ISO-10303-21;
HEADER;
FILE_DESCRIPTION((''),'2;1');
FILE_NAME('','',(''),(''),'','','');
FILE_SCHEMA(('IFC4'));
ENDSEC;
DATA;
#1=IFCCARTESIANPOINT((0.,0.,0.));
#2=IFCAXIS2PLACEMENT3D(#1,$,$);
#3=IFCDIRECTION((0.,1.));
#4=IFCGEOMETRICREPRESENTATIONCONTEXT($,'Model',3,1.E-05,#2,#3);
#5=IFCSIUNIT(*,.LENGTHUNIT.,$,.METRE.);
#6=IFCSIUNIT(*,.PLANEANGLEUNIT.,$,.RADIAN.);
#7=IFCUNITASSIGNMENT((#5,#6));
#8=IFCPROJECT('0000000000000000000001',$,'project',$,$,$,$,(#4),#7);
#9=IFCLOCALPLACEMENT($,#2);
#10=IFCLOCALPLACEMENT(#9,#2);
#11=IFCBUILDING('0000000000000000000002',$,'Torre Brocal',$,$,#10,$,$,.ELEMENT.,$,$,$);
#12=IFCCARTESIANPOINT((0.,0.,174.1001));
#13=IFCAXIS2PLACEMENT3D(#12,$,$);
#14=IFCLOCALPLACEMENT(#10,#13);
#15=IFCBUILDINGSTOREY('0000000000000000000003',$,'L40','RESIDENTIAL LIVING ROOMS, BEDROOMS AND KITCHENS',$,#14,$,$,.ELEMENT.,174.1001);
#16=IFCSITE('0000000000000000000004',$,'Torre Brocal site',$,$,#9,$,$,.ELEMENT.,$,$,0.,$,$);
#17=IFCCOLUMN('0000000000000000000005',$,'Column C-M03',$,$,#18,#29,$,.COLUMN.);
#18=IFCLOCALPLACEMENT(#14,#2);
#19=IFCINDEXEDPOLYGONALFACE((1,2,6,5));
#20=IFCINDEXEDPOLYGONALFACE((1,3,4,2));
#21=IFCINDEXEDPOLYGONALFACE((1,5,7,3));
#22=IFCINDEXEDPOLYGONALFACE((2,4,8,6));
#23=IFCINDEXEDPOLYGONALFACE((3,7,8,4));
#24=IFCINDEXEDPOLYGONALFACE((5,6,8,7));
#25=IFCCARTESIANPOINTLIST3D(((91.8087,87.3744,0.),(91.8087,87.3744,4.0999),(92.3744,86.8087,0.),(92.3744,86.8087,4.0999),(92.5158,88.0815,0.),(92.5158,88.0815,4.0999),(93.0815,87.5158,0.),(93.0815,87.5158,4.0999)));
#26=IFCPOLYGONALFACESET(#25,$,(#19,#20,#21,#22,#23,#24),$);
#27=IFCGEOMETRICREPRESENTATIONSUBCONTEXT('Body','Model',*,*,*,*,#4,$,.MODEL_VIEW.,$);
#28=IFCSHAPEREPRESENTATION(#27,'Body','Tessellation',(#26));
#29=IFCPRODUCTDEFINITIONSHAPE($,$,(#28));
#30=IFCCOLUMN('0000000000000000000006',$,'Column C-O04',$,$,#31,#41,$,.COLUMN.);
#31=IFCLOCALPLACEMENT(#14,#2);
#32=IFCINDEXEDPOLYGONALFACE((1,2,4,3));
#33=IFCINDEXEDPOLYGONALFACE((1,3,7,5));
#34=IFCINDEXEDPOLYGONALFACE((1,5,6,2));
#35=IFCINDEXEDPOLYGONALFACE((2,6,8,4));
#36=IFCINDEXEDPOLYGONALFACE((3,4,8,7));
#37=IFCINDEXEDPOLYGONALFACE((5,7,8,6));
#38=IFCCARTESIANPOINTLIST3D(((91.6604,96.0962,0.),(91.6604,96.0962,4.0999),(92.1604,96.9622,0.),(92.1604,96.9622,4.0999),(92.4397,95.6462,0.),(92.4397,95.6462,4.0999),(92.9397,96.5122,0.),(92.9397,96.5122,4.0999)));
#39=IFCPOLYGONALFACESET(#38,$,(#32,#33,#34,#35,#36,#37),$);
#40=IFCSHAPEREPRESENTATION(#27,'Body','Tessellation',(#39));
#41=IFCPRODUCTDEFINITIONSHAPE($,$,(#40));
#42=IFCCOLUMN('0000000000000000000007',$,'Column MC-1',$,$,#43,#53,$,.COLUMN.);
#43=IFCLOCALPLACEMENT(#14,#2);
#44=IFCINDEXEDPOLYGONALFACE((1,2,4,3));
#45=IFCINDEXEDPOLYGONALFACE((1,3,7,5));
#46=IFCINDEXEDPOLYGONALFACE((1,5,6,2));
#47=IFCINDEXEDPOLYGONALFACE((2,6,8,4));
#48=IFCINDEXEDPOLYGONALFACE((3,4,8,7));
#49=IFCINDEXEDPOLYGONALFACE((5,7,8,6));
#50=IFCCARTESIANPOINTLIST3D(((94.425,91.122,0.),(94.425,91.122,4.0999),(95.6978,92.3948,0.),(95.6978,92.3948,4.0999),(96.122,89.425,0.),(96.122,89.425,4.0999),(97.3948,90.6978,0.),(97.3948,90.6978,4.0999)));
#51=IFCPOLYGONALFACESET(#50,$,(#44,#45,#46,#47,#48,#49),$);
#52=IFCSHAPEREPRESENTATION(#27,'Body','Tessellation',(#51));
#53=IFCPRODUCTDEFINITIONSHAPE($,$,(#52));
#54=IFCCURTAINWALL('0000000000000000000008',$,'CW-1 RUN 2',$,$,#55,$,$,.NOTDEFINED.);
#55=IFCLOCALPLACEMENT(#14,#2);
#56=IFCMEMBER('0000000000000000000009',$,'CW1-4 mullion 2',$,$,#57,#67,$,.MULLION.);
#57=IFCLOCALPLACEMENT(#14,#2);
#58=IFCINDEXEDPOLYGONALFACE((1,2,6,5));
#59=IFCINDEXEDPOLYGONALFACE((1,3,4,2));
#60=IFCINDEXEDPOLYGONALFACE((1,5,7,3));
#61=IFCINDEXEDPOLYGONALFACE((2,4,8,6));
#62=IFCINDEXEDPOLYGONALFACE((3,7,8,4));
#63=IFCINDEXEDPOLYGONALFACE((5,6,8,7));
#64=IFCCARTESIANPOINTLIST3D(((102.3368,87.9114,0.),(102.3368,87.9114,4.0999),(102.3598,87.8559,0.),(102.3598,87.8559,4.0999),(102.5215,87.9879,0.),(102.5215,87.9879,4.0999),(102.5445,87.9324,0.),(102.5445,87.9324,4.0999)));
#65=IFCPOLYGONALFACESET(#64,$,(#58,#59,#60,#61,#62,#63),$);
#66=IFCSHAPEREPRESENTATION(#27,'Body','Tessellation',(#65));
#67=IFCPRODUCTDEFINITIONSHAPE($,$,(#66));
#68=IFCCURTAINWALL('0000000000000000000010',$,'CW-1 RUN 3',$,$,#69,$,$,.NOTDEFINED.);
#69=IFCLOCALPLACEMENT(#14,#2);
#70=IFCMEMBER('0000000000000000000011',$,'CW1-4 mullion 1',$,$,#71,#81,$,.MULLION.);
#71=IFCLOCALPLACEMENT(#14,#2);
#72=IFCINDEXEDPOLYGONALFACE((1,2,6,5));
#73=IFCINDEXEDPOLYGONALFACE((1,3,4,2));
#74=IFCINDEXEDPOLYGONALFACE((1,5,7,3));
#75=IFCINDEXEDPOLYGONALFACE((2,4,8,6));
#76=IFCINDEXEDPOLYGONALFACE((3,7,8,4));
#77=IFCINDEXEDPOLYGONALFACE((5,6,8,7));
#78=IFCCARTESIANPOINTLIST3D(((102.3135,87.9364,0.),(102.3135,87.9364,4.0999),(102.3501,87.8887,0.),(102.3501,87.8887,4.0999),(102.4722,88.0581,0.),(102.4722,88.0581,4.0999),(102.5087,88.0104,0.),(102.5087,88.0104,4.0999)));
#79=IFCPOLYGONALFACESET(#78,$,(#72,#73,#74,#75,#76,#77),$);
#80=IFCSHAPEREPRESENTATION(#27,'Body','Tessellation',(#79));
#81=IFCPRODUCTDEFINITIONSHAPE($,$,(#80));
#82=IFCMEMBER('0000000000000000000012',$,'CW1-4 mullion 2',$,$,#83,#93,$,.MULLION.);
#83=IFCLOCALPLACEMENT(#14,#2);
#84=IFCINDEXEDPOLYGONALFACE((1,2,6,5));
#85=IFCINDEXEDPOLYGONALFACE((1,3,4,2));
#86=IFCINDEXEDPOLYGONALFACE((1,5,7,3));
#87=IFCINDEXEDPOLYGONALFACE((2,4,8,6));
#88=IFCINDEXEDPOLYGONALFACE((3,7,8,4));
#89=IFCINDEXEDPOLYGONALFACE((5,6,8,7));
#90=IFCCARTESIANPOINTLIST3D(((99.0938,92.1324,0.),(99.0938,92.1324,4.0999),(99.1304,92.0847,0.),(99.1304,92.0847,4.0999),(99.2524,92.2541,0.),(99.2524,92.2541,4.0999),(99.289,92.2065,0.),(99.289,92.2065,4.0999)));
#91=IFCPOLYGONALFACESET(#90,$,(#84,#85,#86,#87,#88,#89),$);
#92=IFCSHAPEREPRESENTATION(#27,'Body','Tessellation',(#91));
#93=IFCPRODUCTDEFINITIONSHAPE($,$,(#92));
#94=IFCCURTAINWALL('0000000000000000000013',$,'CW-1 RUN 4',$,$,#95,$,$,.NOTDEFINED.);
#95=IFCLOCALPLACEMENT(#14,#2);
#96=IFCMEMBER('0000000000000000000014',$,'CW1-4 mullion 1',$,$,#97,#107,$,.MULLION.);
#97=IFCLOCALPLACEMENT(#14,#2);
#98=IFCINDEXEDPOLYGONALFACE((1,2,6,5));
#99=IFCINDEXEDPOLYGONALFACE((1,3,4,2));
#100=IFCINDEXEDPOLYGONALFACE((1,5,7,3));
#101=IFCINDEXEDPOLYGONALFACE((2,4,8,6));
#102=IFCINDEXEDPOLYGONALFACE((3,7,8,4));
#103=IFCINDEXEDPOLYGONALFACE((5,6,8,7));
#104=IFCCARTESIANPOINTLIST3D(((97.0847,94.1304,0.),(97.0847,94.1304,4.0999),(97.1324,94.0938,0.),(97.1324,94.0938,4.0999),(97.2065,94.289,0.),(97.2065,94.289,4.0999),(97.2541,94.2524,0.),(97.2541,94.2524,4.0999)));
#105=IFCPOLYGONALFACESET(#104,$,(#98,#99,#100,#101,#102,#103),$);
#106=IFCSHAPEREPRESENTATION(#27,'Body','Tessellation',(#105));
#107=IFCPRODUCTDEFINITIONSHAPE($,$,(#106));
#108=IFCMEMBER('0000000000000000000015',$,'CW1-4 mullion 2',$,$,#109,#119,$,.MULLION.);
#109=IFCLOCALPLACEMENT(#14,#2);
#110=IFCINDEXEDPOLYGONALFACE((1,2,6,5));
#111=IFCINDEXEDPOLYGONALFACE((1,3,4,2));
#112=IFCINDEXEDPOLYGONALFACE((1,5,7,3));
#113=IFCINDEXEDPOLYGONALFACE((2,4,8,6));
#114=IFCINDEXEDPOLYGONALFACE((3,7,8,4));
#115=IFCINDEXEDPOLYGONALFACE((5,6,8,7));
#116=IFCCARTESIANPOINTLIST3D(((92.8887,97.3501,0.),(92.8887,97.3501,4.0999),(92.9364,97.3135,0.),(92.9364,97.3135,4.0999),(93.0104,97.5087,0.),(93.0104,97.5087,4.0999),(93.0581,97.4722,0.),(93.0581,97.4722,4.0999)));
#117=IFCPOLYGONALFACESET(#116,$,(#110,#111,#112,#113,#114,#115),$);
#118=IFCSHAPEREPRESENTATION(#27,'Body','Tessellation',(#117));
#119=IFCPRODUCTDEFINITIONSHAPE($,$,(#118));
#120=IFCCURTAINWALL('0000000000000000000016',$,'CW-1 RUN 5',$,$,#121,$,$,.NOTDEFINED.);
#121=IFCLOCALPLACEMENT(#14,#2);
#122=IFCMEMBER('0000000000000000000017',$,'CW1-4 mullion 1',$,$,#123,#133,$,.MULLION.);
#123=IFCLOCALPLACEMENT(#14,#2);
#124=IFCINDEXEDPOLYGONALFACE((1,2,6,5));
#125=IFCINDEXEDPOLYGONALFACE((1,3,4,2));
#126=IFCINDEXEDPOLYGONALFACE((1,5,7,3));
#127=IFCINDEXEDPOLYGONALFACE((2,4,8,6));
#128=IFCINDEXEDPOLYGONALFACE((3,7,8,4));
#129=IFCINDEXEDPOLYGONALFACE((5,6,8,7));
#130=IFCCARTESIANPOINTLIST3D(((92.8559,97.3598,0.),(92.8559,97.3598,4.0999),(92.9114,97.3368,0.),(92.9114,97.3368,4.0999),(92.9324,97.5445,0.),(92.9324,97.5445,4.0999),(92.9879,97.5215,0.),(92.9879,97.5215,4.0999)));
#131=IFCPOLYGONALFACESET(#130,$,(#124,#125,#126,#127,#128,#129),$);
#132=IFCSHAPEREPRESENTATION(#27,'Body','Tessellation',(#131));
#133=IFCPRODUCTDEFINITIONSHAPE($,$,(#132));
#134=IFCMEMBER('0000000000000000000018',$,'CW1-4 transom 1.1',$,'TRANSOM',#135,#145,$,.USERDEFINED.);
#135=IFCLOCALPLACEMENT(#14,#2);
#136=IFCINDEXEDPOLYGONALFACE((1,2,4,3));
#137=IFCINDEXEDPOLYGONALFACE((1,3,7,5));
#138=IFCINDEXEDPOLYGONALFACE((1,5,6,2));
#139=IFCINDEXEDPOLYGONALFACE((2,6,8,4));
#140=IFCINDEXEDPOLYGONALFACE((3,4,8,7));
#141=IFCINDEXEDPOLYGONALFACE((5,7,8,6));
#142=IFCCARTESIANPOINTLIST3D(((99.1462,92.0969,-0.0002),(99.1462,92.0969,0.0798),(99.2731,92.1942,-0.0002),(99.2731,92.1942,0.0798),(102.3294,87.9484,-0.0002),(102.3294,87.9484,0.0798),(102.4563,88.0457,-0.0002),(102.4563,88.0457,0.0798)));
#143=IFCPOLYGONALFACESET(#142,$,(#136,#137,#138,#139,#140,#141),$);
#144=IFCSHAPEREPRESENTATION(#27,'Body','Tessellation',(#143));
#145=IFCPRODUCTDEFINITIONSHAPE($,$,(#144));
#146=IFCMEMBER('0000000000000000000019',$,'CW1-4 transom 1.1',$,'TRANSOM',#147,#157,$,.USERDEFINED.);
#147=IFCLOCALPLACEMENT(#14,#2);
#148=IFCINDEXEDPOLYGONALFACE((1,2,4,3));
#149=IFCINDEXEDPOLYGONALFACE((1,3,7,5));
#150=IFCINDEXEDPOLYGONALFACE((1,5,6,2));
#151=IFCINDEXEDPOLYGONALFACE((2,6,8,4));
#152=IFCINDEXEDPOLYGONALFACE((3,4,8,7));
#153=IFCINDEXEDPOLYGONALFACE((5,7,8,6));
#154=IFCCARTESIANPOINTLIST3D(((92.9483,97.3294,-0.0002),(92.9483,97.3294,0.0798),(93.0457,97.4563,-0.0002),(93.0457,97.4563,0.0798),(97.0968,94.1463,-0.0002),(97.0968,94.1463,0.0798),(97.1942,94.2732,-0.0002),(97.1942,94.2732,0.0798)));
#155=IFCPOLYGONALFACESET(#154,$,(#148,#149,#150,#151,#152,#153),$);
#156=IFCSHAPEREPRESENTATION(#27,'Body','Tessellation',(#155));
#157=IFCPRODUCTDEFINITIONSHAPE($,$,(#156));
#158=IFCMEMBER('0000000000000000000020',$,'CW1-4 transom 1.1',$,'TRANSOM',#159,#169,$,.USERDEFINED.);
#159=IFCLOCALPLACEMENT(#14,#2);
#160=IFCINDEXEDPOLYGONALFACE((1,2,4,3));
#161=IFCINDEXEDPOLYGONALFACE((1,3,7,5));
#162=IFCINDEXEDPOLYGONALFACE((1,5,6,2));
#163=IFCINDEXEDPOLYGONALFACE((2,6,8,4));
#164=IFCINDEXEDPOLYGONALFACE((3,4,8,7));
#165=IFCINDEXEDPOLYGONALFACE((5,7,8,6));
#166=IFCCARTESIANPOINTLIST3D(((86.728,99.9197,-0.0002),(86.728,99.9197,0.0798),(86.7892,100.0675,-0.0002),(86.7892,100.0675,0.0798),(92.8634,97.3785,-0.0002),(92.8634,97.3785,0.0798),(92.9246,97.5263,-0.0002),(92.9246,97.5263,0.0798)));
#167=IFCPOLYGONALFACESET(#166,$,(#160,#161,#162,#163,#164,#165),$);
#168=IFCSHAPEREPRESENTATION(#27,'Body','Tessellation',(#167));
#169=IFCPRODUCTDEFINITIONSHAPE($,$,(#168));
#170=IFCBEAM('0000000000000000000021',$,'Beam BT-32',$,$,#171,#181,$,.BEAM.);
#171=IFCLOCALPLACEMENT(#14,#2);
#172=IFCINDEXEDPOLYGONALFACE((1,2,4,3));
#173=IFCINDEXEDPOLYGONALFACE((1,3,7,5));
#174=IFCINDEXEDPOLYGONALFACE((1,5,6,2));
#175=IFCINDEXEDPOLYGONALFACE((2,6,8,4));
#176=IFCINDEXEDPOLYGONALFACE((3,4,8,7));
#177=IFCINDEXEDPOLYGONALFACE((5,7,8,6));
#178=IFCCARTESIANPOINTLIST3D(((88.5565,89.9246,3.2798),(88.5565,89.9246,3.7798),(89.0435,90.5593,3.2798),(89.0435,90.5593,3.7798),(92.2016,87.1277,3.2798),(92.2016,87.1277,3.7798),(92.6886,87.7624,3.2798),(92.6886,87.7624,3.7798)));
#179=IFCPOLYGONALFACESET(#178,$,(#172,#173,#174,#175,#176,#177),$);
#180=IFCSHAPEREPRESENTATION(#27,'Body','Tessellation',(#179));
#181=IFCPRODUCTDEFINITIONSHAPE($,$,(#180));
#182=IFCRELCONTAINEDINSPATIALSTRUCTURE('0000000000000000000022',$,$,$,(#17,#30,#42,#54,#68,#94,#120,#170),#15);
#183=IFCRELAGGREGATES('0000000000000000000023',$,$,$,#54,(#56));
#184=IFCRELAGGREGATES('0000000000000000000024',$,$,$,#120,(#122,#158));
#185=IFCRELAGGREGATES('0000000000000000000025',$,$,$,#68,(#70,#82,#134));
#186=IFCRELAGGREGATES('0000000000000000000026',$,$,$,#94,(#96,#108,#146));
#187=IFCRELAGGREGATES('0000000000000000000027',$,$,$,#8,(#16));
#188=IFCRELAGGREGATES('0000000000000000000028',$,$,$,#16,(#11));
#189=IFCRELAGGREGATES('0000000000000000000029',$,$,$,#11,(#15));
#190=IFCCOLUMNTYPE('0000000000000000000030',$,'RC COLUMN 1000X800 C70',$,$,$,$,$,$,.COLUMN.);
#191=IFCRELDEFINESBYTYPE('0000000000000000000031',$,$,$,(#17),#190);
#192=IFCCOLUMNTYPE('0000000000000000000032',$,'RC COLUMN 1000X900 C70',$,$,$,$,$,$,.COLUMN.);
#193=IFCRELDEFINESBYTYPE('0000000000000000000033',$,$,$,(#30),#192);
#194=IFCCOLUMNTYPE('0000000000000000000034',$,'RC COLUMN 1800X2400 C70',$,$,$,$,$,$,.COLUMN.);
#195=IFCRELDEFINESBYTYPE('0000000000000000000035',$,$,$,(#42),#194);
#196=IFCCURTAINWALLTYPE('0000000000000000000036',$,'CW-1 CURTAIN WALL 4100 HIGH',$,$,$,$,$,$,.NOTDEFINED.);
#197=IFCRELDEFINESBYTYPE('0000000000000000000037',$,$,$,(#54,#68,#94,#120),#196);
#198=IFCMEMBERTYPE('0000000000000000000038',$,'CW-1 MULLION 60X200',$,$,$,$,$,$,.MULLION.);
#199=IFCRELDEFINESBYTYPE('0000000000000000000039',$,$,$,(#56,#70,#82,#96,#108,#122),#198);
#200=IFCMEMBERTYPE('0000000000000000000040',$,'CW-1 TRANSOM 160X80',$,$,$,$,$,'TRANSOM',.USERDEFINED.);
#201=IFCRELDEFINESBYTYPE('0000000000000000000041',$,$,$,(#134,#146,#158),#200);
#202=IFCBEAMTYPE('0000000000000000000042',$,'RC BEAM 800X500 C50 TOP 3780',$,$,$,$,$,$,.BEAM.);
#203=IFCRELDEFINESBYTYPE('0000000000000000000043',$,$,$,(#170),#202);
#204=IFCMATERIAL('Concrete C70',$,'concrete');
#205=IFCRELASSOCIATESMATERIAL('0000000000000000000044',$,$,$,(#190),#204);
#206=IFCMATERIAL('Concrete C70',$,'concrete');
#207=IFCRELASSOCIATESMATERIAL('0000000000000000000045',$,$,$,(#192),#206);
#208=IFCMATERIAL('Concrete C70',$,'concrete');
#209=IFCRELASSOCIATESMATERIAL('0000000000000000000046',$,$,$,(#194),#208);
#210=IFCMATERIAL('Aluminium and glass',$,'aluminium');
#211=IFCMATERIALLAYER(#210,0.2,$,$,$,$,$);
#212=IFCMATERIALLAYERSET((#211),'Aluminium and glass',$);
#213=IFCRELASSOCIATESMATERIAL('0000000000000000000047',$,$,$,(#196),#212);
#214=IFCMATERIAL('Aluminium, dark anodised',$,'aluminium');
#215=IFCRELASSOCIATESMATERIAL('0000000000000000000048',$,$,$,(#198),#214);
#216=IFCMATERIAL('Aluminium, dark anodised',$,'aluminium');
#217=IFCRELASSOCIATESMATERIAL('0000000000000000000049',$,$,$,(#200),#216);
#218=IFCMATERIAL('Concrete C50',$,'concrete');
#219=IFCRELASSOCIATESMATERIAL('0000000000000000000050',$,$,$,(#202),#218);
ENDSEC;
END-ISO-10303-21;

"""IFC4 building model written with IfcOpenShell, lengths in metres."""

from ifc_helpers import new_model, si_unit, direction, frame, origin, origin_2d, place, context, subcontext, project, spatial, rectangle, extrude, material, layer, layer_set, material_profile, profile_set, type_object, element, aggregate, save


model = new_model("IFC4")

# Units and contexts
model_context = context("Model", 3, precision=1e-05, world=origin(), true_north=direction((0.0, 1.0)))
body_context = subcontext(model_context, "Body", "Model", "MODEL_VIEW")
ifc_project = project(units=[si_unit("LENGTHUNIT", "METRE"), si_unit("PLANEANGLEUNIT", "RADIAN")], contexts=[model_context])

# Site, building, storey
site_placement = place(None, origin())
site = spatial("IfcSite", under=ifc_project, at=site_placement, Name="Torre Brocal site", CompositionType="ELEMENT", RefElevation=0.0)
building_placement = place(site_placement, origin())
building = spatial("IfcBuilding", under=site, at=building_placement, Name="Torre Brocal", CompositionType="ELEMENT")
storey_placement = place(building_placement, frame((0.0, 0.0, 174.1001)))
storey = spatial("IfcBuildingStorey", under=building, at=storey_placement, Name="L40", Description="RESIDENTIAL LIVING ROOMS, BEDROOMS AND KITCHENS", CompositionType="ELEMENT", Elevation=174.1001)

# Columns
ifc_material_1 = material(Name="Concrete C70", Category="concrete")
ifc_material_profile_1 = material_profile(ifc_material_1, rectangle(XDim=1.0, YDim=0.8, at=origin_2d()), Name="RC 1000X800")
ifc_profile_set_1 = profile_set([ifc_material_profile_1], Name="Concrete C70")
column_type_1 = type_object("IfcColumnType", Name="RC COLUMN 1000X800 C70", PredefinedType="COLUMN", material=ifc_profile_set_1)
column_1_placement = place(storey_placement, frame((92.4451, 87.4451, 0.0), z_axis=(0.0, 0.0, 1.0), x_axis=(0.707107, 0.707107, 0.0)))
element("IfcColumn", 1, at=column_1_placement, inside=storey, type_object=column_type_1, Name="Column C-M03", PredefinedType="COLUMN", context=body_context, shape_type="SweptSolid", body=[
    extrude(rectangle(XDim=1.0, YDim=0.8, at=origin_2d()), origin(), (0.0, 0.0, 1.0), 4.0999),
])
ifc_material_2 = material(Name="Concrete C70", Category="concrete")
ifc_material_profile_2 = material_profile(ifc_material_2, rectangle(XDim=1.0, YDim=0.8999, at=origin_2d()), Name="RC 1000X900")
ifc_profile_set_2 = profile_set([ifc_material_profile_2], Name="Concrete C70")
column_type_2 = type_object("IfcColumnType", Name="RC COLUMN 1000X900 C70", PredefinedType="COLUMN", material=ifc_profile_set_2)
column_2_placement = place(storey_placement, frame((92.3, 96.3042, 0.0), z_axis=(0.0, 0.0, 1.0), x_axis=(0.5, 0.866025, 0.0)))
element("IfcColumn", 2, at=column_2_placement, inside=storey, type_object=column_type_2, Name="Column C-O04", PredefinedType="COLUMN", context=body_context, shape_type="SweptSolid", body=[
    extrude(rectangle(XDim=1.0, YDim=0.8999, at=origin_2d()), origin(), (0.0, 0.0, 1.0), 4.0999),
])
ifc_material_3 = material(Name="Concrete C70", Category="concrete")
ifc_material_profile_3 = material_profile(ifc_material_3, rectangle(XDim=1.8, YDim=2.3999, at=origin_2d()), Name="RC 1800X2400")
ifc_profile_set_3 = profile_set([ifc_material_profile_3], Name="Concrete C70")
column_type_3 = type_object("IfcColumnType", Name="RC COLUMN 1800X2400 C70", PredefinedType="COLUMN", material=ifc_profile_set_3)
column_3_placement = place(storey_placement, frame((95.9099, 90.9099, 0.0), z_axis=(0.0, 0.0, 1.0), x_axis=(0.707107, 0.707107, 0.0)))
element("IfcColumn", 3, at=column_3_placement, inside=storey, type_object=column_type_3, Name="Column MC-1", PredefinedType="COLUMN", context=body_context, shape_type="SweptSolid", body=[
    extrude(rectangle(XDim=1.8, YDim=2.3999, at=origin_2d()), origin(), (0.0, 0.0, 1.0), 4.0999),
])

# Curtain wall, member
ifc_material_4 = material(Name="Aluminium and glass", Category="aluminium")
ifc_layer_1 = layer(ifc_material_4, 0.2)
ifc_layer_set_1 = layer_set([ifc_layer_1], Name="Aluminium and glass")
curtain_wall_type = type_object("IfcCurtainWallType", Name="CW-1 CURTAIN WALL 4100 HIGH", PredefinedType="NOTDEFINED", material=ifc_layer_set_1)
curtain_wall_1_placement = place(storey_placement, origin())
curtain_wall_1 = element("IfcCurtainWall", 4, at=curtain_wall_1_placement, inside=storey, type_object=curtain_wall_type, Name="CW-1 RUN 2", PredefinedType="NOTDEFINED")
ifc_material_5 = material(Name="Aluminium, dark anodised", Category="aluminium")
ifc_material_profile_4 = material_profile(ifc_material_5, rectangle(XDim=0.2, YDim=0.0601, at=origin_2d()), Name="CW-1 MULLION 60X200")
ifc_profile_set_4 = profile_set([ifc_material_profile_4], Name="Aluminium, dark anodised")
member_type_1 = type_object("IfcMemberType", Name="CW-1 MULLION 60X200", PredefinedType="MULLION", material=ifc_profile_set_4)
member_1_placement = place(storey_placement, frame((102.4407, 87.9219, 0.0), z_axis=(0.0, 0.0, 1.0), x_axis=(-0.92388, -0.382683, 0.0)))
member_1 = element("IfcMember", 5, at=member_1_placement, type_object=member_type_1, Name="CW1-4 mullion 2", PredefinedType="MULLION", context=body_context, shape_type="SweptSolid", body=[
    extrude(rectangle(XDim=0.2, YDim=0.0601, at=origin_2d()), origin(), (0.0, 0.0, 1.0), 4.0999),
])
aggregate(curtain_wall_1, [member_1])

# Curtain walls, members
curtain_wall_2_placement = place(storey_placement, origin())
curtain_wall_2 = element("IfcCurtainWall", 6, at=curtain_wall_2_placement, inside=storey, type_object=curtain_wall_type, Name="CW-1 RUN 3", PredefinedType="NOTDEFINED")
member_2_placement = place(storey_placement, frame((102.4111, 87.9734, 0.0), z_axis=(0.0, 0.0, 1.0), x_axis=(-0.793353, -0.608761, 0.0)))
member_2 = element("IfcMember", 7, at=member_2_placement, type_object=member_type_1, Name="CW1-4 mullion 1", PredefinedType="MULLION", context=body_context, shape_type="SweptSolid", body=[
    extrude(rectangle(XDim=0.2, YDim=0.0601, at=origin_2d()), origin(), (0.0, 0.0, 1.0), 4.0999),
])
member_3_placement = place(storey_placement, frame((99.1914, 92.1694, 0.0), z_axis=(0.0, 0.0, 1.0), x_axis=(-0.793353, -0.608761, 0.0)))
member_3 = element("IfcMember", 8, at=member_3_placement, type_object=member_type_1, Name="CW1-4 mullion 2", PredefinedType="MULLION", context=body_context, shape_type="SweptSolid", body=[
    extrude(rectangle(XDim=0.2, YDim=0.0601, at=origin_2d()), origin(), (0.0, 0.0, 1.0), 4.0999),
])
curtain_wall_3_placement = place(storey_placement, origin())
curtain_wall_3 = element("IfcCurtainWall", 9, at=curtain_wall_3_placement, inside=storey, type_object=curtain_wall_type, Name="CW-1 RUN 4", PredefinedType="NOTDEFINED")
member_4_placement = place(storey_placement, frame((97.1694, 94.1914, 0.0), z_axis=(0.0, 0.0, 1.0), x_axis=(-0.608761, -0.793353, 0.0)))
member_4 = element("IfcMember", 10, at=member_4_placement, type_object=member_type_1, Name="CW1-4 mullion 1", PredefinedType="MULLION", context=body_context, shape_type="SweptSolid", body=[
    extrude(rectangle(XDim=0.2, YDim=0.0601, at=origin_2d()), origin(), (0.0, 0.0, 1.0), 4.0999),
])
member_5_placement = place(storey_placement, frame((92.9734, 97.4111, 0.0), z_axis=(0.0, 0.0, 1.0), x_axis=(-0.608761, -0.793353, 0.0)))
member_5 = element("IfcMember", 11, at=member_5_placement, type_object=member_type_1, Name="CW1-4 mullion 2", PredefinedType="MULLION", context=body_context, shape_type="SweptSolid", body=[
    extrude(rectangle(XDim=0.2, YDim=0.0601, at=origin_2d()), origin(), (0.0, 0.0, 1.0), 4.0999),
])

# Curtain wall, member
curtain_wall_4_placement = place(storey_placement, origin())
curtain_wall_4 = element("IfcCurtainWall", 12, at=curtain_wall_4_placement, inside=storey, type_object=curtain_wall_type, Name="CW-1 RUN 5", PredefinedType="NOTDEFINED")
member_6_placement = place(storey_placement, frame((92.9219, 97.4407, 0.0), z_axis=(0.0, 0.0, 1.0), x_axis=(-0.382683, -0.92388, 0.0)))
member_6 = element("IfcMember", 13, at=member_6_placement, type_object=member_type_1, Name="CW1-4 mullion 1", PredefinedType="MULLION", context=body_context, shape_type="SweptSolid", body=[
    extrude(rectangle(XDim=0.2, YDim=0.0601, at=origin_2d()), origin(), (0.0, 0.0, 1.0), 4.0999),
])

# Members
ifc_material_6 = material(Name="Aluminium, dark anodised", Category="aluminium")
ifc_material_profile_5 = material_profile(ifc_material_6, rectangle(XDim=0.1599, YDim=0.0801, at=origin_2d()), Name="CW-1 TRANSOM 160X80")
ifc_profile_set_5 = profile_set([ifc_material_profile_5], Name="Aluminium, dark anodised")
member_type_2 = type_object("IfcMemberType", Name="CW-1 TRANSOM 160X80", ElementType="TRANSOM", PredefinedType="USERDEFINED", material=ifc_profile_set_5)
member_7_placement = place(storey_placement, frame((102.3928, 87.9971, 0.0398), z_axis=(-0.608749, 0.793363, 0.0), x_axis=(-0.793363, -0.608749, 0.0)))
member_7 = element("IfcMember", 14, at=member_7_placement, type_object=member_type_2, Name="CW1-4 transom 1.1", ObjectType="TRANSOM", PredefinedType="USERDEFINED", context=body_context, shape_type="SweptSolid", body=[
    extrude(rectangle(XDim=0.1599, YDim=0.0801, at=origin_2d()), origin(), (0.0, 0.0, 1.0), 5.229),
])
member_8_placement = place(storey_placement, frame((97.1455, 94.2097, 0.0398), z_axis=(-0.793363, 0.608749, 0.0), x_axis=(-0.608749, -0.793363, 0.0)))
member_8 = element("IfcMember", 15, at=member_8_placement, type_object=member_type_2, Name="CW1-4 transom 1.1", ObjectType="TRANSOM", PredefinedType="USERDEFINED", context=body_context, shape_type="SweptSolid", body=[
    extrude(rectangle(XDim=0.1599, YDim=0.0801, at=origin_2d()), origin(), (0.0, 0.0, 1.0), 5.229),
])
member_9_placement = place(storey_placement, frame((92.894, 97.4524, 0.0398), z_axis=(-0.923887, 0.382665, 0.0), x_axis=(-0.382665, -0.923887, 0.0)))
member_9 = element("IfcMember", 16, at=member_9_placement, type_object=member_type_2, Name="CW1-4 transom 1.1", ObjectType="TRANSOM", PredefinedType="USERDEFINED", context=body_context, shape_type="SweptSolid", body=[
    extrude(rectangle(XDim=0.1599, YDim=0.0801, at=origin_2d()), origin(), (0.0, 0.0, 1.0), 6.6409),
])
aggregate(curtain_wall_4, [member_6, member_9])

# Beam
ifc_material_7 = material(Name="Concrete C50", Category="concrete")
ifc_material_profile_6 = material_profile(ifc_material_7, rectangle(XDim=0.8, YDim=0.5, at=origin_2d()), Name="RC 800X500")
ifc_profile_set_6 = profile_set([ifc_material_profile_6], Name="Concrete C50")
beam_type_1 = type_object("IfcBeamType", Name="RC BEAM 800X500 C50 TOP 3780", PredefinedType="BEAM", material=ifc_profile_set_6)
beam_1_placement = place(storey_placement, frame((92.4451, 87.4451, 3.5298), z_axis=(-0.793358, 0.608755, 0.0), x_axis=(-0.608755, -0.793358, 0.0)))
element("IfcBeam", 17, at=beam_1_placement, inside=storey, type_object=beam_type_1, Name="Beam BT-32", PredefinedType="BEAM", context=body_context, shape_type="SweptSolid", body=[
    extrude(rectangle(XDim=0.8, YDim=0.5, at=origin_2d()), origin(), (0.0, 0.0, 1.0), 4.5945),
])

aggregate(curtain_wall_2, [member_2, member_3, member_7])
aggregate(curtain_wall_3, [member_4, member_5, member_8])

save(model, "model.ifc")
